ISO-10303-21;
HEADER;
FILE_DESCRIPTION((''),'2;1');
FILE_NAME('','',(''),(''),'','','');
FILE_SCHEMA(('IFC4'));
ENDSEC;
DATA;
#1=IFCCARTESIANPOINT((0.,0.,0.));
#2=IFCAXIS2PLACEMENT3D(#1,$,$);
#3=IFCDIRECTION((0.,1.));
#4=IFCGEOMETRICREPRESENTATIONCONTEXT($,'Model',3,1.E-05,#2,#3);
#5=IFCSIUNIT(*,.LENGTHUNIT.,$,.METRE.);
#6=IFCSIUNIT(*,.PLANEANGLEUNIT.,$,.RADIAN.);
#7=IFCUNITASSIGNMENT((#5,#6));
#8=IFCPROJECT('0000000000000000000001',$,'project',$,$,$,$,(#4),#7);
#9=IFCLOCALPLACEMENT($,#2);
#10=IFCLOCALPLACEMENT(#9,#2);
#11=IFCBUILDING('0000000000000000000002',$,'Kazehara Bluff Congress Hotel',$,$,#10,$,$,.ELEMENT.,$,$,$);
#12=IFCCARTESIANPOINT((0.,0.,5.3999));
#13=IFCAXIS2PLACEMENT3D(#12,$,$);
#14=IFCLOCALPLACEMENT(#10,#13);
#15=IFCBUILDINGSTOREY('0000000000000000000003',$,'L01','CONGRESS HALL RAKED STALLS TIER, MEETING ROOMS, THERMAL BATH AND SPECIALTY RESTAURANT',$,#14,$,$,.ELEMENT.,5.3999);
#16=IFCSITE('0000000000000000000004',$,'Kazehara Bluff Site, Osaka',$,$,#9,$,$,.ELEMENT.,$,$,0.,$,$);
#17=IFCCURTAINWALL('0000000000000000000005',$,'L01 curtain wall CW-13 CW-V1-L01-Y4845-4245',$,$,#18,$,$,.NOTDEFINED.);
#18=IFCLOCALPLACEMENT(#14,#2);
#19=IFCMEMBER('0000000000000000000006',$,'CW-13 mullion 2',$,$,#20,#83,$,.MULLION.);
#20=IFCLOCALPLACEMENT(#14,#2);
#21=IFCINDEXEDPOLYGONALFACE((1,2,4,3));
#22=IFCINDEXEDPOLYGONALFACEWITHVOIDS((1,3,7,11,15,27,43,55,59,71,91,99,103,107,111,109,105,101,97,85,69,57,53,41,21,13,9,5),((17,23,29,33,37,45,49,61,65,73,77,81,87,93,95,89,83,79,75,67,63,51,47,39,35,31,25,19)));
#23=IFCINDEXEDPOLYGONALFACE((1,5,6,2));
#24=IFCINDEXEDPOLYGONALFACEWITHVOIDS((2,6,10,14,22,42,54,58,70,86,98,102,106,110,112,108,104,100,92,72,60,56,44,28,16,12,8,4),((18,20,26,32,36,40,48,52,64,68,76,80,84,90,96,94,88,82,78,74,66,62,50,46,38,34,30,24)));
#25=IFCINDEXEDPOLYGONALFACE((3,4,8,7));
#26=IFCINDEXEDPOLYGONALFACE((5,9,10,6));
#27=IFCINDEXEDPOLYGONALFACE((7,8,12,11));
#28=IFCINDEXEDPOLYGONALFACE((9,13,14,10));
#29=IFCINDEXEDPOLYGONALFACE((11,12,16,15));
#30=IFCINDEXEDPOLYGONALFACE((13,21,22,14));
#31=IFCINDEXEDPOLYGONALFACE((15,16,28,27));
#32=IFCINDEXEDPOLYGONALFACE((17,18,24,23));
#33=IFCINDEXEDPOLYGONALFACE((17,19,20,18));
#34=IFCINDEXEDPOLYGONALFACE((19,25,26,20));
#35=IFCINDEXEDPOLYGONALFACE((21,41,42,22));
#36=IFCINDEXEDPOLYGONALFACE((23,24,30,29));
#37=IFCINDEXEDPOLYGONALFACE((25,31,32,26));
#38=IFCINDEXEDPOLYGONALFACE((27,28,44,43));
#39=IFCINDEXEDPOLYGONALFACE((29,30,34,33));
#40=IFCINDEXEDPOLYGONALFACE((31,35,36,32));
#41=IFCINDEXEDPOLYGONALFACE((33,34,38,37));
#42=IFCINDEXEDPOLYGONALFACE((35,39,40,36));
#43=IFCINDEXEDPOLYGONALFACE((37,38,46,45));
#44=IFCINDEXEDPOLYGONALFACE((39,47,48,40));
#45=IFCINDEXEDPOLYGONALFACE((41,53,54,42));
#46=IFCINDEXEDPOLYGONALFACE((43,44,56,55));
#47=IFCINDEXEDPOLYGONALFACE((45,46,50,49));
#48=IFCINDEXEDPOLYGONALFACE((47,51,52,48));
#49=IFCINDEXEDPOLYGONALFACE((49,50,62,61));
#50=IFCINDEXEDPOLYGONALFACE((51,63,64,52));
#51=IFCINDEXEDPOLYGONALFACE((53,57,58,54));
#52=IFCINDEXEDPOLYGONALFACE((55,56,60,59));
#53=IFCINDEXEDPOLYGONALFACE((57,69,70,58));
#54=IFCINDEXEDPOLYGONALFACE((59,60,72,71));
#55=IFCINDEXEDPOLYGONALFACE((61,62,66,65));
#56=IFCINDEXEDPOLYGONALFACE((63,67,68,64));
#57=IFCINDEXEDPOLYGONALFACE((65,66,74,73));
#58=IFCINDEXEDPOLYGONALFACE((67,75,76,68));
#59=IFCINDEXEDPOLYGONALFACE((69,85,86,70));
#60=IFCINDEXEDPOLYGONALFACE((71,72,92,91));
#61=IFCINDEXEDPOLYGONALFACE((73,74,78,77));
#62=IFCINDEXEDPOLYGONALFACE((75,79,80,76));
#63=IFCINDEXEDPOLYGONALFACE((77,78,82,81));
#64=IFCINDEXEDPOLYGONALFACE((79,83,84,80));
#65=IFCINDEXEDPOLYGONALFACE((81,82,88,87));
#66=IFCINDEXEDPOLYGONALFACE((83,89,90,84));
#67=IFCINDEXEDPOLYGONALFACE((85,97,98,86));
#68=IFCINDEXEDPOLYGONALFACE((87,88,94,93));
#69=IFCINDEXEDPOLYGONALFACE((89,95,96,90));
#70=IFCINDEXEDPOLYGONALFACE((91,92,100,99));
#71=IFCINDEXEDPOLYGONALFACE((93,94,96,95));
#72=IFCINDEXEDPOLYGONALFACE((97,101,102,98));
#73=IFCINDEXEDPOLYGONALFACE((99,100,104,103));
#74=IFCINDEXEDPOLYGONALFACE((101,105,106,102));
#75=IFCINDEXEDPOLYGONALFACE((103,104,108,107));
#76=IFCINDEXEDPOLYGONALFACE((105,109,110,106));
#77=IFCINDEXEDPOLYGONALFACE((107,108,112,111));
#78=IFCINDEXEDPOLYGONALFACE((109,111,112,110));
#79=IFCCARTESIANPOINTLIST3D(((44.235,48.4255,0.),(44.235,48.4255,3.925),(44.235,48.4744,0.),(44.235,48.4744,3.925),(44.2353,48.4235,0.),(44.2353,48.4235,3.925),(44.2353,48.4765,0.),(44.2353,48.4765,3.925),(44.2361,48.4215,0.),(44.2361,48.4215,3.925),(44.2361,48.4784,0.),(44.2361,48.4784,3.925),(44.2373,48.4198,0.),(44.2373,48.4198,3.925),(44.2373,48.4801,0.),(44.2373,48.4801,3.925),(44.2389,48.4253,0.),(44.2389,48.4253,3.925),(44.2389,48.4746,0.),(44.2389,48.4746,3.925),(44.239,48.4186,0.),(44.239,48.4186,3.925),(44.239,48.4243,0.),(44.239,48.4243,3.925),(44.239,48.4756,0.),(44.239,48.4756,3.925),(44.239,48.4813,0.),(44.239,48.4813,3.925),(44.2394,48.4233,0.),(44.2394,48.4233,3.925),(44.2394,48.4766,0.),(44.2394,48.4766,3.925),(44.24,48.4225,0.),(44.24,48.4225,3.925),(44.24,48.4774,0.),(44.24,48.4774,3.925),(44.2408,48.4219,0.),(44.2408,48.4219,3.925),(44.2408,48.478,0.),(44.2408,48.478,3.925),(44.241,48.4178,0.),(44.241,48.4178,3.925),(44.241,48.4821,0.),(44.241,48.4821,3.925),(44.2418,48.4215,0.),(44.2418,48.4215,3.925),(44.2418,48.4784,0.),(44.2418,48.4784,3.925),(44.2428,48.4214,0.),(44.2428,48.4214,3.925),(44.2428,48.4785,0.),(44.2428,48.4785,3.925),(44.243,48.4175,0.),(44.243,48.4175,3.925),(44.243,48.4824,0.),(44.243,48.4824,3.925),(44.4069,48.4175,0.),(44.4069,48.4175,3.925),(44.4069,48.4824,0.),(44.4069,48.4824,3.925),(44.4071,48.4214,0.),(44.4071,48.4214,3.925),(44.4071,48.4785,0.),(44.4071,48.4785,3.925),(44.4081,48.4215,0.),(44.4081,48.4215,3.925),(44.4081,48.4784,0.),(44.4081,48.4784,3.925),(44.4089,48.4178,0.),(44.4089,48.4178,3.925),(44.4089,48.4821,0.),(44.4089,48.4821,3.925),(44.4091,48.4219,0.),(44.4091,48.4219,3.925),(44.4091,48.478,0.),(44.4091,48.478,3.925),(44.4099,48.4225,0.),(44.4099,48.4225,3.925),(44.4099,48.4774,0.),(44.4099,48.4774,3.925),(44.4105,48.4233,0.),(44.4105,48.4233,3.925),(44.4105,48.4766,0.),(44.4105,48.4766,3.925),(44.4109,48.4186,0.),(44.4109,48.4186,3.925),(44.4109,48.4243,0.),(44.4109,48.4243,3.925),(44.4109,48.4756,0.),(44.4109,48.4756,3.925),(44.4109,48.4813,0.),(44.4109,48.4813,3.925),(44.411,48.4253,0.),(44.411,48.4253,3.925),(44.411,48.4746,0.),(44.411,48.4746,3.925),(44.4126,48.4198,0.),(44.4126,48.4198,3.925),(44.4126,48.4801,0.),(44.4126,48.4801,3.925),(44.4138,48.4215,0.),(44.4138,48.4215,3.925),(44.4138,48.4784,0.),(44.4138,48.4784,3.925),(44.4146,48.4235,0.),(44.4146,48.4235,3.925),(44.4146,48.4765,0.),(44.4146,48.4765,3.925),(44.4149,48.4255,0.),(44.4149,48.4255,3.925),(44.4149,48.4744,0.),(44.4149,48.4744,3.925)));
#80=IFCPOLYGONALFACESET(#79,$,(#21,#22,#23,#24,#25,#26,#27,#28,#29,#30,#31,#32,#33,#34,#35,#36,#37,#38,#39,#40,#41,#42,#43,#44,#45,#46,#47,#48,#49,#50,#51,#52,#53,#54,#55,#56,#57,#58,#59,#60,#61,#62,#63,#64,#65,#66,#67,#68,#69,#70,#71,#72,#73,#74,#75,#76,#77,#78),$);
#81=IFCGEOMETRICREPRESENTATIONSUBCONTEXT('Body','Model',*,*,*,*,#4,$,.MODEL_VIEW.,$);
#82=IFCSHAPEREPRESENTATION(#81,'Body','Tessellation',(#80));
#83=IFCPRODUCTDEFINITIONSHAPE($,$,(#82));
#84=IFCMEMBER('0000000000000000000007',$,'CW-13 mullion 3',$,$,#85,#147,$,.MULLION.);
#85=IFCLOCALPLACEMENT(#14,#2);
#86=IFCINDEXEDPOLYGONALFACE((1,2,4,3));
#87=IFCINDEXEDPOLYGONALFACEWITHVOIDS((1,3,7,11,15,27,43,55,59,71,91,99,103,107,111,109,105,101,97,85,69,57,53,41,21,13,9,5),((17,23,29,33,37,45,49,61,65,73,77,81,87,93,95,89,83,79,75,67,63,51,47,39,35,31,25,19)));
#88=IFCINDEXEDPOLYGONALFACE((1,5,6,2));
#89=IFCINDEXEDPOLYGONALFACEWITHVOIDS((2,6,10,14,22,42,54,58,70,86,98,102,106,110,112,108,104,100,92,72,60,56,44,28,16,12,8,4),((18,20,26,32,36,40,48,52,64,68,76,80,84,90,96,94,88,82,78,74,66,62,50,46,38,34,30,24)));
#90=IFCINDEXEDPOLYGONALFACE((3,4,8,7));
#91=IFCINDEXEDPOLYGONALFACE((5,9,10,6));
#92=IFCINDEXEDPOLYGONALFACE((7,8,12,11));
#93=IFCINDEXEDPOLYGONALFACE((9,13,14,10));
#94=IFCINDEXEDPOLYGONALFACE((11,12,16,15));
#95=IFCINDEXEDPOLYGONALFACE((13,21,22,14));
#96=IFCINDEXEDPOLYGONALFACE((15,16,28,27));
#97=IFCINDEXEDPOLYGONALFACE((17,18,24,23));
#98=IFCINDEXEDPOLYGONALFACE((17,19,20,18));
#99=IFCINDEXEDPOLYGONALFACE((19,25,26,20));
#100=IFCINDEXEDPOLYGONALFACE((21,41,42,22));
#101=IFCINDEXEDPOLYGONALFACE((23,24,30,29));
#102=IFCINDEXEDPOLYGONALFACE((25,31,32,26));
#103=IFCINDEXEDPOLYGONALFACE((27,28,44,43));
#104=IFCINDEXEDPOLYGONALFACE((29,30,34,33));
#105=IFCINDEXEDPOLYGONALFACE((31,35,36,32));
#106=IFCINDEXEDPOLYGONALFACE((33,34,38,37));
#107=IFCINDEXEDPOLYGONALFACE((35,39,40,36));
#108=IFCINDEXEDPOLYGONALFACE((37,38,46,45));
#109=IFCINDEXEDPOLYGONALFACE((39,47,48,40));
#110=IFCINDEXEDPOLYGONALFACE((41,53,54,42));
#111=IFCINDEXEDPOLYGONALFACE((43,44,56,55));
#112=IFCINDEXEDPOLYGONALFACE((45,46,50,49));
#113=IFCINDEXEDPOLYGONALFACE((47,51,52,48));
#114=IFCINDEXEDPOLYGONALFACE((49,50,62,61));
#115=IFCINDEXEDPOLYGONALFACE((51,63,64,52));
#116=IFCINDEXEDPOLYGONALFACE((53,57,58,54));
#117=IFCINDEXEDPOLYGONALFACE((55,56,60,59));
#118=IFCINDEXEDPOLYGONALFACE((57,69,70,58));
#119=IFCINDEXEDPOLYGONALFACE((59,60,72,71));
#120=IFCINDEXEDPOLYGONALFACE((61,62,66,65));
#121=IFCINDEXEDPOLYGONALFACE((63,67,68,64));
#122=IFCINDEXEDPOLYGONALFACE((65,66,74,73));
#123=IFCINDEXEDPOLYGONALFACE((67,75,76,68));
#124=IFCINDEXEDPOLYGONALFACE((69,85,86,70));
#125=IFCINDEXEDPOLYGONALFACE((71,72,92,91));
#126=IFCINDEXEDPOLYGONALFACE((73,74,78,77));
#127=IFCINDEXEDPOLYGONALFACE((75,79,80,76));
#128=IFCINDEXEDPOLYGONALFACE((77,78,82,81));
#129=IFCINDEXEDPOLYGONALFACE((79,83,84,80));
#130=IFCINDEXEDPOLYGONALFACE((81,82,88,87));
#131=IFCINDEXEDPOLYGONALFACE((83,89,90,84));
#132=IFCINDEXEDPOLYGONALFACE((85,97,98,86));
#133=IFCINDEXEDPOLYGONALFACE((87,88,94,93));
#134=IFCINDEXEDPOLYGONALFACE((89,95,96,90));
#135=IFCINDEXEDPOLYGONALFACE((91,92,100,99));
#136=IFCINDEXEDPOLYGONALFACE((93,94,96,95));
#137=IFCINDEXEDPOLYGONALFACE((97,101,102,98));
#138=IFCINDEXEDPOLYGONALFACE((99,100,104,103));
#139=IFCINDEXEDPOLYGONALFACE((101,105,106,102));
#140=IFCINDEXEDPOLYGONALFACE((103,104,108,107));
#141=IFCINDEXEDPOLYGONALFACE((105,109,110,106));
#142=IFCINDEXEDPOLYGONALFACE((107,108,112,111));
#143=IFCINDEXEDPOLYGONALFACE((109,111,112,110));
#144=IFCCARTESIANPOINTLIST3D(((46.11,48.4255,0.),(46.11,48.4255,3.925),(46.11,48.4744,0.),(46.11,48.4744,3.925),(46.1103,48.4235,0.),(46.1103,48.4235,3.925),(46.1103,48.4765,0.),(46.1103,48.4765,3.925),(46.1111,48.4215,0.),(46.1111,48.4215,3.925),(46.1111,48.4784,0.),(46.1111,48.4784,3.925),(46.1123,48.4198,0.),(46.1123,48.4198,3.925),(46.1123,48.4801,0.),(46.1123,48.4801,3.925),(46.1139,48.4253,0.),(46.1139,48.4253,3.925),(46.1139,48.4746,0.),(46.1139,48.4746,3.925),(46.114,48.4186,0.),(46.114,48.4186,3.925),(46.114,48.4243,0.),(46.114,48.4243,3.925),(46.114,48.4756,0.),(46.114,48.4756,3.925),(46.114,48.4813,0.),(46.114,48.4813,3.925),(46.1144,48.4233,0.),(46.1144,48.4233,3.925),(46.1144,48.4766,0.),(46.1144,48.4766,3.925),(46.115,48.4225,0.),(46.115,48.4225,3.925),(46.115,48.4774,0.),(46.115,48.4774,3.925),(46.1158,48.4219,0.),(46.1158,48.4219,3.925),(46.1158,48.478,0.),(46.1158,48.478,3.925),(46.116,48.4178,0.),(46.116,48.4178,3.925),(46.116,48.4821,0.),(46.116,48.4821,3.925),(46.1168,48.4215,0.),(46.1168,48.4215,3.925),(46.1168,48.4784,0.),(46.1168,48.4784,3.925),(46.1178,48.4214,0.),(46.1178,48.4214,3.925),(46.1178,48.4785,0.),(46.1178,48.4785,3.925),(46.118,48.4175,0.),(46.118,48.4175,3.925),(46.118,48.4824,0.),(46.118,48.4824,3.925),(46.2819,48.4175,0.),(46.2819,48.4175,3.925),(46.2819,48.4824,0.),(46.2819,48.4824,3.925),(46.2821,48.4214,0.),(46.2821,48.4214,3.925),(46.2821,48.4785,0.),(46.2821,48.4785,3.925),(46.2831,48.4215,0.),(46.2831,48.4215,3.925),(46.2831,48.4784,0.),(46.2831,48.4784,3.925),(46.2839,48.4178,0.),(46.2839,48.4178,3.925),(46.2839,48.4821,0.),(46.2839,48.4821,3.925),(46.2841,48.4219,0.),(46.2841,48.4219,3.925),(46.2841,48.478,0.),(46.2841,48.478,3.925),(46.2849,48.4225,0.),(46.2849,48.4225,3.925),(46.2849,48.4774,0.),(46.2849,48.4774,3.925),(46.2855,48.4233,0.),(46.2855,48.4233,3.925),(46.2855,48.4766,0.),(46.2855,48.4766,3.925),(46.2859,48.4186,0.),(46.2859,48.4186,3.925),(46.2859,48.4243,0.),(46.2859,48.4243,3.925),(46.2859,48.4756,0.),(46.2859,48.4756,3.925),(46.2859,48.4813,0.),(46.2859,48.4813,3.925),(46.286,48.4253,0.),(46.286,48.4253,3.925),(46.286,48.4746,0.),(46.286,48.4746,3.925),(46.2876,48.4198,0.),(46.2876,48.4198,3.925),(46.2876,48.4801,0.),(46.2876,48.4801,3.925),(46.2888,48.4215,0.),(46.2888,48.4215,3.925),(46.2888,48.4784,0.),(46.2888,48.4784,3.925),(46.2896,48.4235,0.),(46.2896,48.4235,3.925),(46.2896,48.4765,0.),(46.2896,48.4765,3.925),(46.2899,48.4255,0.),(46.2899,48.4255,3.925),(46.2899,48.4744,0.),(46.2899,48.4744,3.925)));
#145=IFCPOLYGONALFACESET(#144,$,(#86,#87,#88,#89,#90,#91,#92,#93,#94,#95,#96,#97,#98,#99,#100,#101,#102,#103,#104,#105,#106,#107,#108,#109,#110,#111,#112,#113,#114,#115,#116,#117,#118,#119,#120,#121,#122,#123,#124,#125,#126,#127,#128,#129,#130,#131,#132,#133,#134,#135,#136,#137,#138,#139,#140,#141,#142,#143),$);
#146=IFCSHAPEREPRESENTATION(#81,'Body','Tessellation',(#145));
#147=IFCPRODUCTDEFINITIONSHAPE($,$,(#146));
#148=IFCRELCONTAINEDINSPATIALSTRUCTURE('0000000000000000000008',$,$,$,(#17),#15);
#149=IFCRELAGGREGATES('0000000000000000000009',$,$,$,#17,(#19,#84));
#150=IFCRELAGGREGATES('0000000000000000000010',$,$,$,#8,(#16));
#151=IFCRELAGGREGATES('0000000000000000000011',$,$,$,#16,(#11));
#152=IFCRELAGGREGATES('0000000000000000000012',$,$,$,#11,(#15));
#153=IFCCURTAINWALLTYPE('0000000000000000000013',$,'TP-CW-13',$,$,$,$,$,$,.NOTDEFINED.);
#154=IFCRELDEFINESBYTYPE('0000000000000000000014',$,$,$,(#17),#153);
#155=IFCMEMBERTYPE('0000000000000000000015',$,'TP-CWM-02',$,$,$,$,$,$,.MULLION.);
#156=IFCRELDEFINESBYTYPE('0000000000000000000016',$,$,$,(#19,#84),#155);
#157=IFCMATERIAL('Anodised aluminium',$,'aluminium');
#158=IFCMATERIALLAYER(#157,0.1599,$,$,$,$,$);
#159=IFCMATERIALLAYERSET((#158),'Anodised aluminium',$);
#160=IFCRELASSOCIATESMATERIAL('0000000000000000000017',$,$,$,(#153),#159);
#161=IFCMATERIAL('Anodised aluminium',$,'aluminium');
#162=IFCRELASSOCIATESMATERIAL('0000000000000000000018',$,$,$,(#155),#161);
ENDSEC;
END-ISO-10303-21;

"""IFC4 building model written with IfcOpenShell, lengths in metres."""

from ifc_helpers import new_model, si_unit, direction, frame, origin, origin_2d, place, context, subcontext, project, spatial, hollow_rectangle, extrude, material, layer, layer_set, material_profile, profile_set, type_object, element, aggregate, save


model = new_model("IFC4")

# Units and contexts
model_context = context("Model", 3, precision=1e-05, world=origin(), true_north=direction((0.0, 1.0)))
body_context = subcontext(model_context, "Body", "Model", "MODEL_VIEW")
ifc_project = project(units=[si_unit("LENGTHUNIT", "METRE"), si_unit("PLANEANGLEUNIT", "RADIAN")], contexts=[model_context])

# Site, building, storey
site_placement = place(None, origin())
site = spatial("IfcSite", under=ifc_project, at=site_placement, Name="Kazehara Bluff Site, Osaka", CompositionType="ELEMENT", RefElevation=0.0)
building_placement = place(site_placement, origin())
building = spatial("IfcBuilding", under=site, at=building_placement, Name="Kazehara Bluff Congress Hotel", CompositionType="ELEMENT")
storey_placement = place(building_placement, frame((0.0, 0.0, 5.3999)))
storey = spatial("IfcBuildingStorey", under=building, at=storey_placement, Name="L01", Description="CONGRESS HALL RAKED STALLS TIER, MEETING ROOMS, THERMAL BATH AND SPECIALTY RESTAURANT", CompositionType="ELEMENT", Elevation=5.3999)

# Curtain wall, members
ifc_material_1 = material(Name="Anodised aluminium", Category="aluminium")
ifc_layer_1 = layer(ifc_material_1, 0.1599)
ifc_layer_set_1 = layer_set([ifc_layer_1], Name="Anodised aluminium")
curtain_wall_type = type_object("IfcCurtainWallType", Name="TP-CW-13", PredefinedType="NOTDEFINED", material=ifc_layer_set_1)
curtain_wall_placement = place(storey_placement, origin())
curtain_wall = element("IfcCurtainWall", 1, at=curtain_wall_placement, inside=storey, type_object=curtain_wall_type, Name="L01 curtain wall CW-13 CW-V1-L01-Y4845-4245", PredefinedType="NOTDEFINED")
ifc_material_2 = material(Name="Anodised aluminium", Category="aluminium")
ifc_material_profile_1 = material_profile(ifc_material_2, hollow_rectangle(XDim=0.0649, YDim=0.1799, WallThickness=0.0039, InnerFilletRadius=0.0039, OuterFilletRadius=0.0081, at=origin_2d()))
ifc_profile_set_1 = profile_set([ifc_material_profile_1], Name="Anodised aluminium")
member_type_1 = type_object("IfcMemberType", Name="TP-CWM-02", PredefinedType="MULLION", material=ifc_profile_set_1)
member_1_placement = place(storey_placement, frame((44.325, 48.45, 0.0), z_axis=(0.0, 0.0, 1.0), x_axis=(0.0, 1.0, 0.0)))
member_1 = element("IfcMember", 2, at=member_1_placement, type_object=member_type_1, Name="CW-13 mullion 2", PredefinedType="MULLION", context=body_context, shape_type="SweptSolid", body=[
    extrude(hollow_rectangle(XDim=0.0649, YDim=0.1799, WallThickness=0.0039, InnerFilletRadius=0.0039, OuterFilletRadius=0.0081, at=origin_2d()), origin(), (0.0, 0.0, 1.0), 3.925),
])
member_2_placement = place(storey_placement, frame((46.2, 48.45, 0.0), z_axis=(0.0, 0.0, 1.0), x_axis=(0.0, 1.0, 0.0)))
member_2 = element("IfcMember", 3, at=member_2_placement, type_object=member_type_1, Name="CW-13 mullion 3", PredefinedType="MULLION", context=body_context, shape_type="SweptSolid", body=[
    extrude(hollow_rectangle(XDim=0.0649, YDim=0.1799, WallThickness=0.0039, InnerFilletRadius=0.0039, OuterFilletRadius=0.0081, at=origin_2d()), origin(), (0.0, 0.0, 1.0), 3.925),
])
aggregate(curtain_wall, [member_1, member_2])

save(model, "model.ifc")
